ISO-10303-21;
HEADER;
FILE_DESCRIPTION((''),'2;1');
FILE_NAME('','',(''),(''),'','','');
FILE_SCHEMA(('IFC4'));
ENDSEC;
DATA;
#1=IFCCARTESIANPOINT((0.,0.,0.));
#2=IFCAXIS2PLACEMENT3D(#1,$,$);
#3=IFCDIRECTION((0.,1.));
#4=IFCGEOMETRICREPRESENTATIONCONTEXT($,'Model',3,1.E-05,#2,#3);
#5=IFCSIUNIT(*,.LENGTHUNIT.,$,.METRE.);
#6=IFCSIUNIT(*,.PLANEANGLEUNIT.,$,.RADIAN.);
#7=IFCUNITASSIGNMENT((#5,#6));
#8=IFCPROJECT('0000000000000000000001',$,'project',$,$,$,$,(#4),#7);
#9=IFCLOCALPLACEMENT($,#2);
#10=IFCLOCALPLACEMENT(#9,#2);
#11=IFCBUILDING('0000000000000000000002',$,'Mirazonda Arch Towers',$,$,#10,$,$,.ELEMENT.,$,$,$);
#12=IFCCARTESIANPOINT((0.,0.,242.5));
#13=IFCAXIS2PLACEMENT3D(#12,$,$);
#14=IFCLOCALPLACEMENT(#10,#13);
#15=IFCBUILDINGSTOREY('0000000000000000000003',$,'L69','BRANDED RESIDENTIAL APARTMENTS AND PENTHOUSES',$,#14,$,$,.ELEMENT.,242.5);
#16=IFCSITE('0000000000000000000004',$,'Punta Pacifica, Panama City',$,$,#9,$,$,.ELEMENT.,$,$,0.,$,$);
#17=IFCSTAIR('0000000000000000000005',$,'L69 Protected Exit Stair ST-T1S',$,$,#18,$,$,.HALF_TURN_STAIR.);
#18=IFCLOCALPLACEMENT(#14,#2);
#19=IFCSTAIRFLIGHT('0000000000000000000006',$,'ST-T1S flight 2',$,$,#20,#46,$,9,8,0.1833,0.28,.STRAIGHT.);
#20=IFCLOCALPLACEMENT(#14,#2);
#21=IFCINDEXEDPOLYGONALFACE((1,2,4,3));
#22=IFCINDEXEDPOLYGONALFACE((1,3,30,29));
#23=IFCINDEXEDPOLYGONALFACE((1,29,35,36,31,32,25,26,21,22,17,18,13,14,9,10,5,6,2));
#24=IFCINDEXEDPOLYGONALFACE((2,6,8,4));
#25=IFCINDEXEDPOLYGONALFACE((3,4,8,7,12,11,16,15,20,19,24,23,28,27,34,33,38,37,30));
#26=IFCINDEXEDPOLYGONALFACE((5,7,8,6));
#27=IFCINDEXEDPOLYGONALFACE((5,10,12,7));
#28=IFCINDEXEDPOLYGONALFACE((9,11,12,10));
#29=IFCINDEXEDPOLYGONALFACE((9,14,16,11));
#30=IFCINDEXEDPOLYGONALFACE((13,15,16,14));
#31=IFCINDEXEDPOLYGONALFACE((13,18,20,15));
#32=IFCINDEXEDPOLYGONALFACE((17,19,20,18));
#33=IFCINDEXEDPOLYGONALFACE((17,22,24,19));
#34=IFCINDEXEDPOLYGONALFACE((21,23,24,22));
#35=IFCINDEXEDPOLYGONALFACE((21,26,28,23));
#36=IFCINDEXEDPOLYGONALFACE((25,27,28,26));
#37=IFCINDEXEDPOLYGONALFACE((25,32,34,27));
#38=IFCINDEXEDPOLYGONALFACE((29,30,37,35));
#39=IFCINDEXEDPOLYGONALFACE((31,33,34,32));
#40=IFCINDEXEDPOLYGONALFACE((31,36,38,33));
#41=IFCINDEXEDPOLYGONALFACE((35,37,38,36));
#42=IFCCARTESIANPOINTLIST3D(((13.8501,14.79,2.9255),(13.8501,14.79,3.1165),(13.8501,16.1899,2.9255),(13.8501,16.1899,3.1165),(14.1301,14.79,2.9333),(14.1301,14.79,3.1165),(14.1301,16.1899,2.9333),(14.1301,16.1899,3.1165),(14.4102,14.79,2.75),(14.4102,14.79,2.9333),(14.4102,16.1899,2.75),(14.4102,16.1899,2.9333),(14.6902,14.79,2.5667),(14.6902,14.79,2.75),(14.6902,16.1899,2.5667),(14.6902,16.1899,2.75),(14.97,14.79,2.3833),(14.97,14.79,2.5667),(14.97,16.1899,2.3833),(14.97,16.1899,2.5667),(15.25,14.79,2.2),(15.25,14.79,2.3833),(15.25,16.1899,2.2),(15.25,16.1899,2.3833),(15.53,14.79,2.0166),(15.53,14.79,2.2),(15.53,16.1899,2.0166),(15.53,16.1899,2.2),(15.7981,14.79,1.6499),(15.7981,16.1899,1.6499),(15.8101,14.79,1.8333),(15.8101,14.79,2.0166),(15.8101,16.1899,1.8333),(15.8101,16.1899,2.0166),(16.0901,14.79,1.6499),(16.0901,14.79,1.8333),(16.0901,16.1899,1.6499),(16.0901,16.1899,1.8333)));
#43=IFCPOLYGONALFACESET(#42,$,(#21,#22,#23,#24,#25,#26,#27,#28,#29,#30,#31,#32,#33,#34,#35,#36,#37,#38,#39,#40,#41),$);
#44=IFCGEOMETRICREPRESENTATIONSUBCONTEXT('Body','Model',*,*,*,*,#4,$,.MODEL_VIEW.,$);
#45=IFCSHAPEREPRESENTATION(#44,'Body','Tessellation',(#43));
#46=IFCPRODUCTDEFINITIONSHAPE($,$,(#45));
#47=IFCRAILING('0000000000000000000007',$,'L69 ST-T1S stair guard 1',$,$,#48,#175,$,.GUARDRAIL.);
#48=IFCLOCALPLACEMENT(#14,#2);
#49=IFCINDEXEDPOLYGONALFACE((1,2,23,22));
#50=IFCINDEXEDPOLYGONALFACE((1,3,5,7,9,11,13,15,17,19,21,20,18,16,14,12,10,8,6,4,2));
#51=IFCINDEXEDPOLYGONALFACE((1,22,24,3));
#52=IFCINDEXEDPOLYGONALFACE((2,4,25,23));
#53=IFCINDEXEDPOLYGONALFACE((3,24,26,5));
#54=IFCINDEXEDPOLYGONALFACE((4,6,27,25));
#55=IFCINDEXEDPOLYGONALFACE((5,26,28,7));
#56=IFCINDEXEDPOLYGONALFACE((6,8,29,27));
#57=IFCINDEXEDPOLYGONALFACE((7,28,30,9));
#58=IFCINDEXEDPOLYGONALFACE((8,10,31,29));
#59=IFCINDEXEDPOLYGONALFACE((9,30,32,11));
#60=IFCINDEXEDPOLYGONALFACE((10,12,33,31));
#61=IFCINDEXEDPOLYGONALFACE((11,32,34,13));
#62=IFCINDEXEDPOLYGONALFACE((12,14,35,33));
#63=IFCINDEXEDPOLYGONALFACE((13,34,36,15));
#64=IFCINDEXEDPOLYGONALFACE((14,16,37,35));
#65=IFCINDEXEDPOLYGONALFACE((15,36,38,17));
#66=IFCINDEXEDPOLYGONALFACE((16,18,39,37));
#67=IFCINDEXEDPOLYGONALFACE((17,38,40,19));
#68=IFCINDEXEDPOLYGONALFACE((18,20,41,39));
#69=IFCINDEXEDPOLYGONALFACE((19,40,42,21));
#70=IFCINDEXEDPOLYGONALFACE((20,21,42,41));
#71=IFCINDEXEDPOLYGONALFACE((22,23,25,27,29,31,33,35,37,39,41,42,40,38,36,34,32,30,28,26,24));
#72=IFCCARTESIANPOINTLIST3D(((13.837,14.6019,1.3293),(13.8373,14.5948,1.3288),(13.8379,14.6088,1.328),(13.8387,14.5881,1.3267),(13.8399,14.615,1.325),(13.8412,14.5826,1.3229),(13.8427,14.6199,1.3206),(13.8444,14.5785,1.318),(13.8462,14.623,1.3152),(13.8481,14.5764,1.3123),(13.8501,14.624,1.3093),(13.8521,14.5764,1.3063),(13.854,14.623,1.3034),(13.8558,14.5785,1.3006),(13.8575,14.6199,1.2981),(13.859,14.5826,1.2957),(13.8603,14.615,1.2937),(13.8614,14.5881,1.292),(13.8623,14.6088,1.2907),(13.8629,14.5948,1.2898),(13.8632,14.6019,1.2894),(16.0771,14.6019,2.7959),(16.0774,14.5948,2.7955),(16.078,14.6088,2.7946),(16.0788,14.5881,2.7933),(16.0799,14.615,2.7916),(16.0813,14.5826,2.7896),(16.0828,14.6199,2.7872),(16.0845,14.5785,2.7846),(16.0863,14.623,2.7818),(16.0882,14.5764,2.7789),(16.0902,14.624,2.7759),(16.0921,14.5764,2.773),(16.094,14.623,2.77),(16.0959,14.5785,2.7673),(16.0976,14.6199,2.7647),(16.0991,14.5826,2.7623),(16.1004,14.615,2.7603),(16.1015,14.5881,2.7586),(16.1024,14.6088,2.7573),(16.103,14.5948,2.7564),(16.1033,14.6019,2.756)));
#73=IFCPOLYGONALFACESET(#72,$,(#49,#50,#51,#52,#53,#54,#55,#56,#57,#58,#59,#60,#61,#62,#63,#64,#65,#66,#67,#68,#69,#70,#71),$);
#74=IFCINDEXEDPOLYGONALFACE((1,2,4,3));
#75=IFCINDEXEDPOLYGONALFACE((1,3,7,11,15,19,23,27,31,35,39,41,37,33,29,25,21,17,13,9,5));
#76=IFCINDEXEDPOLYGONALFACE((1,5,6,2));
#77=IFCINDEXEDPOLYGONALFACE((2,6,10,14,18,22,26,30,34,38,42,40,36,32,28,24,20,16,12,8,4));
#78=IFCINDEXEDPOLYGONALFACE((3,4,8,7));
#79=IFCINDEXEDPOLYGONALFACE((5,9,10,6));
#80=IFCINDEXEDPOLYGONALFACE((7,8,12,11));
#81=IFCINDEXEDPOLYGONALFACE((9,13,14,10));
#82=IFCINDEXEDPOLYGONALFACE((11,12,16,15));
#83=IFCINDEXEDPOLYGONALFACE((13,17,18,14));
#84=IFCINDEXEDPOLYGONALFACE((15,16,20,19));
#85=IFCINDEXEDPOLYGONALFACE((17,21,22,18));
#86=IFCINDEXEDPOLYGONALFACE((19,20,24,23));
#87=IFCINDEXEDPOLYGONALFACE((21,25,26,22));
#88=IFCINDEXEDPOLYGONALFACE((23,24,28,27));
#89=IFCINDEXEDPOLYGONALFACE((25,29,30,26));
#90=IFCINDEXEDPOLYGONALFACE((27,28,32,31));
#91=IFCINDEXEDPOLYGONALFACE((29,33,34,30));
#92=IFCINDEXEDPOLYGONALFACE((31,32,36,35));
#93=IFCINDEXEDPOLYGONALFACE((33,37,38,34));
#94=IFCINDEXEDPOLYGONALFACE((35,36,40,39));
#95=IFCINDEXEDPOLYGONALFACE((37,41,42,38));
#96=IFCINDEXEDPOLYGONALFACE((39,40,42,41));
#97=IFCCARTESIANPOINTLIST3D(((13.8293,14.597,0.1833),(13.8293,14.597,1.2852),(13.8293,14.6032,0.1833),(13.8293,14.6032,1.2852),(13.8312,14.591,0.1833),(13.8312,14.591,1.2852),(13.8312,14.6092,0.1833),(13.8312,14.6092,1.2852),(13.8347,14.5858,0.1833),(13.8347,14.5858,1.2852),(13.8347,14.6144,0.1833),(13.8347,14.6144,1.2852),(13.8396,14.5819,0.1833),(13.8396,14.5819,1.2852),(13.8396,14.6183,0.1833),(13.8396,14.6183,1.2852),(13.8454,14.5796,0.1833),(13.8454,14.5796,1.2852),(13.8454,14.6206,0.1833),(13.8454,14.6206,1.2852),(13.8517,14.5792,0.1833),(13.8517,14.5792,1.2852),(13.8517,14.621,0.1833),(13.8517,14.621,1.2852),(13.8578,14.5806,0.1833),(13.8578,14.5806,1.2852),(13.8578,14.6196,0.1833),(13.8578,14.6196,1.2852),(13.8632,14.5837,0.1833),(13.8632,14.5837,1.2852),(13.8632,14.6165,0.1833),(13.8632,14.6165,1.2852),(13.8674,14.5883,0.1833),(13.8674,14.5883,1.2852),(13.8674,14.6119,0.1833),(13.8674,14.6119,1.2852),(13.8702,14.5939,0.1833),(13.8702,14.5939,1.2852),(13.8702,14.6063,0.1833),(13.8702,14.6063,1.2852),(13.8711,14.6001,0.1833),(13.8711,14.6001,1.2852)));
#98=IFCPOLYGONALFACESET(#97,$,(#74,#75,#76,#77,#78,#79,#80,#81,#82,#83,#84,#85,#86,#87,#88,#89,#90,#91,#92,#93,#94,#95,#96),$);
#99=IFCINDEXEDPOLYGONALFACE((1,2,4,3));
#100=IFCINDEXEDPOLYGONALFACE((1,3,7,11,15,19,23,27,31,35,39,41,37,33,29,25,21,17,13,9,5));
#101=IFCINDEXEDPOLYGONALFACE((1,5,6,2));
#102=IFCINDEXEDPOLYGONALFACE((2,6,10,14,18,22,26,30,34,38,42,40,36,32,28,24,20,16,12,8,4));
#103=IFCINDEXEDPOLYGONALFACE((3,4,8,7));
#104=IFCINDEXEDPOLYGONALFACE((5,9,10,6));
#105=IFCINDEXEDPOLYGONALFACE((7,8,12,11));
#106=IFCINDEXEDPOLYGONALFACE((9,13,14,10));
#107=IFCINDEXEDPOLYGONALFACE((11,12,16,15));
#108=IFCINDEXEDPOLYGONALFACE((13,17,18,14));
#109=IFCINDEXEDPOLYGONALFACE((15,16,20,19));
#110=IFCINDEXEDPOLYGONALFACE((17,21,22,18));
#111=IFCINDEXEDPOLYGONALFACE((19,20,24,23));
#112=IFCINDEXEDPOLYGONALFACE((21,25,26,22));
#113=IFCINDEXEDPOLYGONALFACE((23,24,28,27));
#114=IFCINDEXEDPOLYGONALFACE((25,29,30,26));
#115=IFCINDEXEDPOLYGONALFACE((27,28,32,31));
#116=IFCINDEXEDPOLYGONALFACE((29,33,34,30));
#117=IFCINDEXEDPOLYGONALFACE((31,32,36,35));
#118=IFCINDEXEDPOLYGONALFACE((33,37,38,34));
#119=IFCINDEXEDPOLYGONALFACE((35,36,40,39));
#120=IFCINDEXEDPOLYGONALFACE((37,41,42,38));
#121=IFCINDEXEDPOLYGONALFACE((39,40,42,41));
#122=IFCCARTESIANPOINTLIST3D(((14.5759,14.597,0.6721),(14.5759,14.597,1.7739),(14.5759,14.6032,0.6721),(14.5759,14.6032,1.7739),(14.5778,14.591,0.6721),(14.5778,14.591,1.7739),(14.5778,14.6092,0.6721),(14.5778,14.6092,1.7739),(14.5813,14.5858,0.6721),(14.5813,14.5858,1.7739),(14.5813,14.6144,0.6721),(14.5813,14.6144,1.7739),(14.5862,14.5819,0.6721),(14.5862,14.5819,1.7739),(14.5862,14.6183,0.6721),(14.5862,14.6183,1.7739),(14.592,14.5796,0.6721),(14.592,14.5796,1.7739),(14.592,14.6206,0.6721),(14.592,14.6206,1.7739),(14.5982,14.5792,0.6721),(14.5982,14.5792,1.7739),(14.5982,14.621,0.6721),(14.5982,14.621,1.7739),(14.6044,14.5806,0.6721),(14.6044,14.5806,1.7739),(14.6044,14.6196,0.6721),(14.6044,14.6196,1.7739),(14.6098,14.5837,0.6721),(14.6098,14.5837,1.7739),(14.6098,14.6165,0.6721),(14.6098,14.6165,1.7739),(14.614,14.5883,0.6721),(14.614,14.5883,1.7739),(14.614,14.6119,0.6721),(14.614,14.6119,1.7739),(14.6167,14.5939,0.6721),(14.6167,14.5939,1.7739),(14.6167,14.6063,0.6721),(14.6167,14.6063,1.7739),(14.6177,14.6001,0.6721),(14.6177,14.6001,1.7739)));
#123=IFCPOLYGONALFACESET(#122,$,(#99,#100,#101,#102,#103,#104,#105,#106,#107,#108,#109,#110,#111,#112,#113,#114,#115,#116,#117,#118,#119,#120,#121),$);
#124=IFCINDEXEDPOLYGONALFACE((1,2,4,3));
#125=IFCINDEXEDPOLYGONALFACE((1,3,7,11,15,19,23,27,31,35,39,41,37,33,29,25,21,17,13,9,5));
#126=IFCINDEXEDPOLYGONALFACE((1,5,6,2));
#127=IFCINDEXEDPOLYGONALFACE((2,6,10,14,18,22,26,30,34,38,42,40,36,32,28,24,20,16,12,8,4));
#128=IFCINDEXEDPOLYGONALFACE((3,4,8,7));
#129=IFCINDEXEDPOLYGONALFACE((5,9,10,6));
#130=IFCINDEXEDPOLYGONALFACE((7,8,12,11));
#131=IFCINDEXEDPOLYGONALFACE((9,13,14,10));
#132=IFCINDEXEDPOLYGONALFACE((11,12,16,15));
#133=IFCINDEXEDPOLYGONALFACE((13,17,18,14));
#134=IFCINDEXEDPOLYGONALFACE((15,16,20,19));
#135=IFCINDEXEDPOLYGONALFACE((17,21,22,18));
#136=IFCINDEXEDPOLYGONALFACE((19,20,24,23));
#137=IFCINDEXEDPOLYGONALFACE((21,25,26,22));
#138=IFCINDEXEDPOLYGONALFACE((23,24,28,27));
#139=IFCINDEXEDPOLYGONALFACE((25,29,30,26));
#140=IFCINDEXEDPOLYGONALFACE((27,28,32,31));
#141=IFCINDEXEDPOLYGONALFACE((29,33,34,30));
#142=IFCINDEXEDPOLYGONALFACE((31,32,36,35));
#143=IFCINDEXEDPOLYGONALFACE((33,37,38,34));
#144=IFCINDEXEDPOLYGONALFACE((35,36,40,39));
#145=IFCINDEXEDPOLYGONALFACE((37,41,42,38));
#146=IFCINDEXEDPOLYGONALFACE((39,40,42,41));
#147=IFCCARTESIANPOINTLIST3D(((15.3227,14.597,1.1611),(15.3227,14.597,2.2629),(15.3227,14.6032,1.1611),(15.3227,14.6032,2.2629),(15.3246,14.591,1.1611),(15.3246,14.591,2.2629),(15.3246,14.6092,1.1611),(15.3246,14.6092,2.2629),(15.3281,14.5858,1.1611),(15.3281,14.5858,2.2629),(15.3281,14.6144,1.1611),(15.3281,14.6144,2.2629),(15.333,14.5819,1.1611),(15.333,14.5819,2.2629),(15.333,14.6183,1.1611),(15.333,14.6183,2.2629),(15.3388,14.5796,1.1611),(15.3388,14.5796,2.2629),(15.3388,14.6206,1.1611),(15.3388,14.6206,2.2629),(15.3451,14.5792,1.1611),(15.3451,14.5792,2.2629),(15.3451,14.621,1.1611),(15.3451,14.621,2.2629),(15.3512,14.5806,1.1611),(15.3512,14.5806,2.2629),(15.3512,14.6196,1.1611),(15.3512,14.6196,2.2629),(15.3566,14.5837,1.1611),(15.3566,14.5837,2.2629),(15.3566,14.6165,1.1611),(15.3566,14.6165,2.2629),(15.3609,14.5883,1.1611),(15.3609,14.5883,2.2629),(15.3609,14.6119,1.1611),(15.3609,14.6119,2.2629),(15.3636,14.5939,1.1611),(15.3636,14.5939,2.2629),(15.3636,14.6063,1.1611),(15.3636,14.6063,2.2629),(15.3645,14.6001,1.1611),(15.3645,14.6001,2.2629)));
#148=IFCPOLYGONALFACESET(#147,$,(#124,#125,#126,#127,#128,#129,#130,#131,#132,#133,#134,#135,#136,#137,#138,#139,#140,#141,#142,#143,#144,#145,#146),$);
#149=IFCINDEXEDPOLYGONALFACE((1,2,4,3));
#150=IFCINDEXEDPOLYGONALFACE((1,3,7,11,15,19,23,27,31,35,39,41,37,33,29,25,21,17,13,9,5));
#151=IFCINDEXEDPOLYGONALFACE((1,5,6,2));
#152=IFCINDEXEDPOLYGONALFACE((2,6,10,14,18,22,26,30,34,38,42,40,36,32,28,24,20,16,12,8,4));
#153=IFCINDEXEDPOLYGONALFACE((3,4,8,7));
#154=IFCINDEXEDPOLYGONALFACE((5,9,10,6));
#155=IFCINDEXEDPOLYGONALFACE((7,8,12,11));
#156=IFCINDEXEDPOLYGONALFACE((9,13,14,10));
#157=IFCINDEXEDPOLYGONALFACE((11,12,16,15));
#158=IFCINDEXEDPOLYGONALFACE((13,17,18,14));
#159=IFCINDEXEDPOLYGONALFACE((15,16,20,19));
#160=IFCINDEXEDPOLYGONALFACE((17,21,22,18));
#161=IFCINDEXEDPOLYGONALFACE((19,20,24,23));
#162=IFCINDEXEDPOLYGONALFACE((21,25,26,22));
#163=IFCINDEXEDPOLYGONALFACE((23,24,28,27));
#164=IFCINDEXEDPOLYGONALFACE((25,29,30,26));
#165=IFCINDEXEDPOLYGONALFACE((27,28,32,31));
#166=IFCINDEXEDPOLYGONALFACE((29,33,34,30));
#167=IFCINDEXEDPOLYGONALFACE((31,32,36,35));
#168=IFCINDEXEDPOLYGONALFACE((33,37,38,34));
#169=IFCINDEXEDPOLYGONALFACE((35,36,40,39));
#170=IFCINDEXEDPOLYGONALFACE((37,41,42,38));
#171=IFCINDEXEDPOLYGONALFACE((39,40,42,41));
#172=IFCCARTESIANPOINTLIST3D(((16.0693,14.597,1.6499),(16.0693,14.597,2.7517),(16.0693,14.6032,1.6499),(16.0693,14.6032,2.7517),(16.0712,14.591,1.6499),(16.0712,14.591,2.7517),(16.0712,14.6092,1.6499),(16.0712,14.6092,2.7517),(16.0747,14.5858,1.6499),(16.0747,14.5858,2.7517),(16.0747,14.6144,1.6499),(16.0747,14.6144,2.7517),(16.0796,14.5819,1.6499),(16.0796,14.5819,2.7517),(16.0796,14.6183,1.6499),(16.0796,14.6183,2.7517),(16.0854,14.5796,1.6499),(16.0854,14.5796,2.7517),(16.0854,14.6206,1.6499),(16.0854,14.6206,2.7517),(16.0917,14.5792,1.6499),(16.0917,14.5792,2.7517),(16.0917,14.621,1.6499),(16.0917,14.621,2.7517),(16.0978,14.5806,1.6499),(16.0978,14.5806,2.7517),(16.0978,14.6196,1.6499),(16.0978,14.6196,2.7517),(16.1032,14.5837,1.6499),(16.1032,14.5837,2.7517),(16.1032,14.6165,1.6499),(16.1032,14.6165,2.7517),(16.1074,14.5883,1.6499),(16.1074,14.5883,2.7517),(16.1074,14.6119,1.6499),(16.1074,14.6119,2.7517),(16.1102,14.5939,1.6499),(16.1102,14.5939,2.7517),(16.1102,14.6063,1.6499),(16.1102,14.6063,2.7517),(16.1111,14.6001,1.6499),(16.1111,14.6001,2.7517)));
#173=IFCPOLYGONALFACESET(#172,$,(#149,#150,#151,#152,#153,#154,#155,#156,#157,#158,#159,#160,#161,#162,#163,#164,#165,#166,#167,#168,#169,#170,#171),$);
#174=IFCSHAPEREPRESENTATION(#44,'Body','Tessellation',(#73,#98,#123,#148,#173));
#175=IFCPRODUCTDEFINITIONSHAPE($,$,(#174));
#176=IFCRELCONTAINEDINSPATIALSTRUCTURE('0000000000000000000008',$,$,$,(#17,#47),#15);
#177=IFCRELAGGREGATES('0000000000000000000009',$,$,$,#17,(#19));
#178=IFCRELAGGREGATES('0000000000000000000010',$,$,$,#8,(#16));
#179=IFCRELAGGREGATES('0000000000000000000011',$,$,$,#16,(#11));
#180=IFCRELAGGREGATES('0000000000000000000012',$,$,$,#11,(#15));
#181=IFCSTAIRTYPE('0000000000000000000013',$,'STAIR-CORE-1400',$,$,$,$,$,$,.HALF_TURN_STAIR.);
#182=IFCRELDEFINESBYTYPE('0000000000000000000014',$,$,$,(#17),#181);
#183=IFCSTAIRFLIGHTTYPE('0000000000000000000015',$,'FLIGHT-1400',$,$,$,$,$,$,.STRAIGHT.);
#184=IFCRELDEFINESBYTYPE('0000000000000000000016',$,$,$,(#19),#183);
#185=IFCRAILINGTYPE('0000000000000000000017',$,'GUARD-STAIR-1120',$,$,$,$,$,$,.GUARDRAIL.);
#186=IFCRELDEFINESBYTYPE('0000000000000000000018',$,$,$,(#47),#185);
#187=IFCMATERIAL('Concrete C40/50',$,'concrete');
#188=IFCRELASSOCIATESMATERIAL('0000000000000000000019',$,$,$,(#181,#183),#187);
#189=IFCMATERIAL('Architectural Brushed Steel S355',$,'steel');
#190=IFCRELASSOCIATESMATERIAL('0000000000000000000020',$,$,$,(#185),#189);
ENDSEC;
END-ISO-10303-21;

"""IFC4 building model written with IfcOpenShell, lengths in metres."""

from ifc_helpers import new_model, si_unit, direction, frame, origin, origin_2d, place, context, subcontext, project, spatial, polyline, circle, outline, extrude, material, type_object, element, aggregate, save


model = new_model("IFC4")

# Units and contexts
model_context = context("Model", 3, precision=1e-05, world=origin(), true_north=direction((0.0, 1.0)))
body_context = subcontext(model_context, "Body", "Model", "MODEL_VIEW")
ifc_project = project(units=[si_unit("LENGTHUNIT", "METRE"), si_unit("PLANEANGLEUNIT", "RADIAN")], contexts=[model_context])

# Site, building, storey
site_placement = place(None, origin())
site = spatial("IfcSite", under=ifc_project, at=site_placement, Name="Punta Pacifica, Panama City", CompositionType="ELEMENT", RefElevation=0.0)
building_placement = place(site_placement, origin())
building = spatial("IfcBuilding", under=site, at=building_placement, Name="Mirazonda Arch Towers", CompositionType="ELEMENT")
storey_placement = place(building_placement, frame((0.0, 0.0, 242.5)))
storey = spatial("IfcBuildingStorey", under=building, at=storey_placement, Name="L69", Description="BRANDED RESIDENTIAL APARTMENTS AND PENTHOUSES", CompositionType="ELEMENT", Elevation=242.5)

# Stair, stair flight
ifc_material_1 = material(Name="Concrete C40/50", Category="concrete")
stair_type = type_object("IfcStairType", Name="STAIR-CORE-1400", PredefinedType="HALF_TURN_STAIR", material=ifc_material_1)
stair_placement = place(storey_placement, origin())
stair = element("IfcStair", 1, at=stair_placement, inside=storey, type_object=stair_type, Name="L69 Protected Exit Stair ST-T1S", PredefinedType="HALF_TURN_STAIR")
stair_flight_type = type_object("IfcStairFlightType", Name="FLIGHT-1400", PredefinedType="STRAIGHT", material=ifc_material_1)
stair_flight_1_placement = place(storey_placement, frame((16.0901, 15.49, 1.6499), z_axis=(0.0, 0.0, 1.0), x_axis=(-1.0, 0.0, 0.0)))
stair_flight_1 = element("IfcStairFlight", 2, at=stair_flight_1_placement, type_object=stair_flight_type, Name="ST-T1S flight 2", NumberOfRisers=9, NumberOfTreads=8, PredefinedType="STRAIGHT", RiserHeight=0.1833, TreadLength=0.28, context=body_context, shape_type="SweptSolid", body=[
    extrude(outline(polyline([(0.0, 0.0), (0.0, 0.1833), (0.28, 0.1833), (0.28, 0.3667), (0.5601, 0.3667), (0.5601, 0.55), (0.8401, 0.55), (0.8401, 0.7334), (1.1201, 0.7334), (1.1201, 0.9167), (1.3999, 0.9167), (1.3999, 1.1001), (1.6799, 1.1001), (1.6799, 1.2834), (1.96, 1.2834), (1.96, 1.4666), (2.24, 1.4666), (2.24, 1.6499), (2.24, 1.2756), (0.292, 0.0), (0.0, 0.0)])), frame((0.0, 0.7, 0.0), z_axis=(0.0, -1.0, 0.0), x_axis=(1.0, 0.0, 0.0)), (0.0, 0.0, 1.0), 1.3999),
])
aggregate(stair, [stair_flight_1])

# Railing
ifc_material_2 = material(Name="Architectural Brushed Steel S355", Category="steel")
railing_type_1 = type_object("IfcRailingType", Name="GUARD-STAIR-1120", PredefinedType="GUARDRAIL", material=ifc_material_2)
railing_1_placement = place(storey_placement, frame((13.8501, 14.6001, 0.1833)))
element("IfcRailing", 3, at=railing_1_placement, inside=storey, type_object=railing_type_1, Name="L69 ST-T1S stair guard 1", PredefinedType="GUARDRAIL", context=body_context, shape_type="SweptSolid", body=[
    extrude(circle(Radius=0.0239, at=origin_2d()), frame((0.0, 0.0, 1.126), z_axis=(0.836637, 0.0, 0.547758), x_axis=(0.0, 1.0, 0.0)), (0.0, 0.0, 1.0), 2.6775),
    extrude(circle(Radius=0.021, at=origin_2d()), origin(), (0.0, 0.0, 1.0), 1.1018),
    extrude(circle(Radius=0.021, at=origin_2d()), frame((0.7466, 0.0, 0.4888)), (0.0, 0.0, 1.0), 1.1018),
    extrude(circle(Radius=0.021, at=origin_2d()), frame((1.4934, 0.0, 0.9778)), (0.0, 0.0, 1.0), 1.1018),
    extrude(circle(Radius=0.021, at=origin_2d()), frame((2.24, 0.0, 1.4666)), (0.0, 0.0, 1.0), 1.1018),
])

save(model, "model.ifc")
